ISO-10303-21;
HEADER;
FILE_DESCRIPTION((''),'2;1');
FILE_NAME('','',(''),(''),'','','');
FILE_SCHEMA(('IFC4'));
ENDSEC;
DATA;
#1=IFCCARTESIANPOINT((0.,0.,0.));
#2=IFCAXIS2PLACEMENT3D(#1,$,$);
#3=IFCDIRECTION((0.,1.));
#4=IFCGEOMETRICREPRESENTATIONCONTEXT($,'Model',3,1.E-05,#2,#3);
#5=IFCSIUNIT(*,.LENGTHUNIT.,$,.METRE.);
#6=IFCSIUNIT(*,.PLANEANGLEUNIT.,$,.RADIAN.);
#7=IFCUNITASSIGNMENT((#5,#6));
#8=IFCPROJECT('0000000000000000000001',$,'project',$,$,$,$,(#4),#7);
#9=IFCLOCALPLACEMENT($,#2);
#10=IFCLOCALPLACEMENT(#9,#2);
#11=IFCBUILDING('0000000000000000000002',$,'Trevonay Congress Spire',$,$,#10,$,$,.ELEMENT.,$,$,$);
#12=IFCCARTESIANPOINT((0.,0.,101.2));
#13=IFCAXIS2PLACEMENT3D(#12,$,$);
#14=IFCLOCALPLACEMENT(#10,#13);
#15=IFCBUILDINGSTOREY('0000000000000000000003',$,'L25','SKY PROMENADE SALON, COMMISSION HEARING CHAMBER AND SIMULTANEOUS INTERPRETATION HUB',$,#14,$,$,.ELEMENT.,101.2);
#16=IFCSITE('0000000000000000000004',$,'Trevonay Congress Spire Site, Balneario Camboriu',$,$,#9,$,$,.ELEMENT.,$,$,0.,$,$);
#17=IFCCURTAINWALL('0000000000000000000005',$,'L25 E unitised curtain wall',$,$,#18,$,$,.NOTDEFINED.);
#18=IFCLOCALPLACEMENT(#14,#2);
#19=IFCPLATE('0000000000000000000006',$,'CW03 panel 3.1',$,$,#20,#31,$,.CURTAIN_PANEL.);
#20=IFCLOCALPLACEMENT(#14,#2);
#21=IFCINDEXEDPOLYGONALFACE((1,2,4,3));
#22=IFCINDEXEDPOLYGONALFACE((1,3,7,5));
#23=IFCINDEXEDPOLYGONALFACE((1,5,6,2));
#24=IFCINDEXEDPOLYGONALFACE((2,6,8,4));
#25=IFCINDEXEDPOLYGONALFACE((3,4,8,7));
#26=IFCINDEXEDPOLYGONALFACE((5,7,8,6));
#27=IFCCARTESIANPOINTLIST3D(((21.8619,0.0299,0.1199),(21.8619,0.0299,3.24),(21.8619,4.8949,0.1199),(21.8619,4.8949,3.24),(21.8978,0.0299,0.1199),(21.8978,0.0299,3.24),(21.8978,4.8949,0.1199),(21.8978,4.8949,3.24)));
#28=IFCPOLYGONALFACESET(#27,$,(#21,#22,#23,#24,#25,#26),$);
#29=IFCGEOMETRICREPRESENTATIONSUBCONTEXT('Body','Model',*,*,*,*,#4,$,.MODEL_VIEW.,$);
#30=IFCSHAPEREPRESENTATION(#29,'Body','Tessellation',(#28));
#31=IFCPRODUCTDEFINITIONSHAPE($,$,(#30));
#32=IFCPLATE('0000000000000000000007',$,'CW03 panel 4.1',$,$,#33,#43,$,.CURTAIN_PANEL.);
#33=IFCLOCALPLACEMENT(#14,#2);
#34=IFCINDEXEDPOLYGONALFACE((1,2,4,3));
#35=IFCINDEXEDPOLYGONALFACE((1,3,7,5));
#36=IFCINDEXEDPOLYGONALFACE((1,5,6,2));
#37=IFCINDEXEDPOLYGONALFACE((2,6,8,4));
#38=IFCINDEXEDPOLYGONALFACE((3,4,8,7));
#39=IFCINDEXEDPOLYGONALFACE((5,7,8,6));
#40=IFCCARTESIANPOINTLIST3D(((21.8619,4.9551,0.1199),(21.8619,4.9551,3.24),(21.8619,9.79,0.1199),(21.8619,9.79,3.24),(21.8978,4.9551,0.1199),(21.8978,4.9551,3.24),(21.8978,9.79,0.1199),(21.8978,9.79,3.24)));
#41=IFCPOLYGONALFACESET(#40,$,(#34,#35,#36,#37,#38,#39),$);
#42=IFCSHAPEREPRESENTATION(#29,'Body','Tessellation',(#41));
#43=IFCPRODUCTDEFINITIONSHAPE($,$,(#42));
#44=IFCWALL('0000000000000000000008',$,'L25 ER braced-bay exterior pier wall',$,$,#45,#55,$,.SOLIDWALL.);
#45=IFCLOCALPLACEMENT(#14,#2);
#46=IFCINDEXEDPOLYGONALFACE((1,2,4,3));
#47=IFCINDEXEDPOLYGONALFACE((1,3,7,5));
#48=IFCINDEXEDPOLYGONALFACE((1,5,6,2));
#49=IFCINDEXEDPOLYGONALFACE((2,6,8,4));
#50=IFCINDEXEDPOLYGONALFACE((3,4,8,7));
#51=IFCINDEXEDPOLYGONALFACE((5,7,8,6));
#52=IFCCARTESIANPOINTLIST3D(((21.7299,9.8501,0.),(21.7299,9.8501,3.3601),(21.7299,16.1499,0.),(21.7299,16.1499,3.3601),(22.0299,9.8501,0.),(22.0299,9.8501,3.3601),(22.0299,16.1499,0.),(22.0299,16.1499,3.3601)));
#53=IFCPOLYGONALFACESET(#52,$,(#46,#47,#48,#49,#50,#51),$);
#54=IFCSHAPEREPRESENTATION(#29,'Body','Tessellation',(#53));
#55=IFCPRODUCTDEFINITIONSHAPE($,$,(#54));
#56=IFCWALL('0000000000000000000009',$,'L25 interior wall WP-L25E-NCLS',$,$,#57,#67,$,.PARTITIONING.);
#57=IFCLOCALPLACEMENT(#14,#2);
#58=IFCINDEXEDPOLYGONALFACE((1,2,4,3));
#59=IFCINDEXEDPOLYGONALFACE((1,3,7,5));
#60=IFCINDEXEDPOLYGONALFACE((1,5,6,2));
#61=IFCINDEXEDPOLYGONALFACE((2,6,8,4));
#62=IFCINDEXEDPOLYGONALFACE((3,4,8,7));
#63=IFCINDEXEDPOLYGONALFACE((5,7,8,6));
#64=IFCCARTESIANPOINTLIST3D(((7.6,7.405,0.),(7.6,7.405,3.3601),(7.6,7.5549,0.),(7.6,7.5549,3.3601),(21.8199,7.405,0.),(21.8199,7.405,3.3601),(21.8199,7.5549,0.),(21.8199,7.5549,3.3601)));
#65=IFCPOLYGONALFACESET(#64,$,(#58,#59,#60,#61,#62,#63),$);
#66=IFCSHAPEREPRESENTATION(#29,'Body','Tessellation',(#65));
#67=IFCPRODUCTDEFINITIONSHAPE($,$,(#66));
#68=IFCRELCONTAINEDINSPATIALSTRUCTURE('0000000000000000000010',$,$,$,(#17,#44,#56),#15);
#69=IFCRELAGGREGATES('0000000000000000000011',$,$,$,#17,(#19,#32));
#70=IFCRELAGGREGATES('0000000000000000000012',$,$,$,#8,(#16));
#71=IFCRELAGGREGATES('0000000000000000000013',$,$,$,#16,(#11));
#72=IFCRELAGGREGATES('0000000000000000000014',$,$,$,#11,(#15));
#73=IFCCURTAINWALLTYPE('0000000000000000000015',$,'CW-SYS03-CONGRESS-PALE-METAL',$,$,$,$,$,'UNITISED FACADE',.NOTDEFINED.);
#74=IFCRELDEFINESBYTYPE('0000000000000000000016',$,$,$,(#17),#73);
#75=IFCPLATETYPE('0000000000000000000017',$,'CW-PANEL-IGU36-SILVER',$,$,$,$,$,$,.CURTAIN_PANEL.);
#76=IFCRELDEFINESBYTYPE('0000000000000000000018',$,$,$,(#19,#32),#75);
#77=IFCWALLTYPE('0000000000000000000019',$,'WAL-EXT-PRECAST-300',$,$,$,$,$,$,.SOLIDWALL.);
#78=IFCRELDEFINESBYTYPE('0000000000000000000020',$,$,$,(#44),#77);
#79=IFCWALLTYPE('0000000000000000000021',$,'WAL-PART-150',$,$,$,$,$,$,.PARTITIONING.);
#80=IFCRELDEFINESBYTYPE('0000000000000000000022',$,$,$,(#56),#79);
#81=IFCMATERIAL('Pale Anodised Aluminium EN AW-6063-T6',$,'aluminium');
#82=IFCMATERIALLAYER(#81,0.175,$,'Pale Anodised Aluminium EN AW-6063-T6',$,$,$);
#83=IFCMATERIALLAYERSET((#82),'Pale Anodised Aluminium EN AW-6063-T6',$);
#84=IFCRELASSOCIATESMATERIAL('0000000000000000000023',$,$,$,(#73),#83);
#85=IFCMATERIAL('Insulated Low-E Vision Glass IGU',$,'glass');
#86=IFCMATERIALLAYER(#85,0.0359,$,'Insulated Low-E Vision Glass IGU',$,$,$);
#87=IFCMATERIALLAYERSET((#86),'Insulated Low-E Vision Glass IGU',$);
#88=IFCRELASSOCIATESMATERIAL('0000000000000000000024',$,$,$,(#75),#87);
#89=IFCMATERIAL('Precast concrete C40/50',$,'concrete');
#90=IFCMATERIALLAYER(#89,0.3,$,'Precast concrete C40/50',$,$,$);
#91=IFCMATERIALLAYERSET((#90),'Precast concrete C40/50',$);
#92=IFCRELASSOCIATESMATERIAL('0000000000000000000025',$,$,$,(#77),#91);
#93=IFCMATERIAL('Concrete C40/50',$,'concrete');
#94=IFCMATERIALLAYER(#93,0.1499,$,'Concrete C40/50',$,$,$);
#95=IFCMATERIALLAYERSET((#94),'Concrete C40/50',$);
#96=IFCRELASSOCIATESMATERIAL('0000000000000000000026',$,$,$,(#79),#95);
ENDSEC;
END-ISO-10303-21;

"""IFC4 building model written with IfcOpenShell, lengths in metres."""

from ifc_helpers import new_model, si_unit, direction, frame, frame_2d, origin, origin_2d, place, context, subcontext, project, spatial, rectangle, extrude, material, layer, layer_set, type_object, element, aggregate, save


model = new_model("IFC4")

# Units and contexts
model_context = context("Model", 3, precision=1e-05, world=origin(), true_north=direction((0.0, 1.0)))
body_context = subcontext(model_context, "Body", "Model", "MODEL_VIEW")
ifc_project = project(units=[si_unit("LENGTHUNIT", "METRE"), si_unit("PLANEANGLEUNIT", "RADIAN")], contexts=[model_context])

# Site, building, storey
site_placement = place(None, origin())
site = spatial("IfcSite", under=ifc_project, at=site_placement, Name="Trevonay Congress Spire Site, Balneario Camboriu", CompositionType="ELEMENT", RefElevation=0.0)
building_placement = place(site_placement, origin())
building = spatial("IfcBuilding", under=site, at=building_placement, Name="Trevonay Congress Spire", CompositionType="ELEMENT")
storey_placement = place(building_placement, frame((0.0, 0.0, 101.2)))
storey = spatial("IfcBuildingStorey", under=building, at=storey_placement, Name="L25", Description="SKY PROMENADE SALON, COMMISSION HEARING CHAMBER AND SIMULTANEOUS INTERPRETATION HUB", CompositionType="ELEMENT", Elevation=101.2)

# Curtain wall, plates
ifc_material_1 = material(Name="Pale Anodised Aluminium EN AW-6063-T6", Category="aluminium")
ifc_layer_1 = layer(ifc_material_1, 0.175, Name="Pale Anodised Aluminium EN AW-6063-T6")
ifc_layer_set_1 = layer_set([ifc_layer_1], Name="Pale Anodised Aluminium EN AW-6063-T6")
curtain_wall_type = type_object("IfcCurtainWallType", Name="CW-SYS03-CONGRESS-PALE-METAL", ElementType="UNITISED FACADE", PredefinedType="NOTDEFINED", material=ifc_layer_set_1)
curtain_wall_placement = place(storey_placement, origin())
curtain_wall = element("IfcCurtainWall", 1, at=curtain_wall_placement, inside=storey, type_object=curtain_wall_type, Name="L25 E unitised curtain wall", PredefinedType="NOTDEFINED")
ifc_material_2 = material(Name="Insulated Low-E Vision Glass IGU", Category="glass")
ifc_layer_2 = layer(ifc_material_2, 0.0359, Name="Insulated Low-E Vision Glass IGU")
ifc_layer_set_2 = layer_set([ifc_layer_2], Name="Insulated Low-E Vision Glass IGU")
plate_type = type_object("IfcPlateType", Name="CW-PANEL-IGU36-SILVER", PredefinedType="CURTAIN_PANEL", material=ifc_layer_set_2)
plate_1_placement = place(storey_placement, frame((21.8799, 2.4624, 0.1199), z_axis=(0.0, 0.0, 1.0), x_axis=(0.0, 1.0, 0.0)))
plate_1 = element("IfcPlate", 2, at=plate_1_placement, type_object=plate_type, Name="CW03 panel 3.1", PredefinedType="CURTAIN_PANEL", context=body_context, shape_type="SweptSolid", body=[
    extrude(rectangle(XDim=4.865, YDim=0.0359, at=origin_2d()), origin(), (0.0, 0.0, 1.0), 3.1201),
])
plate_2_placement = place(storey_placement, frame((21.8799, 7.3726, 0.1199), z_axis=(0.0, 0.0, 1.0), x_axis=(0.0, 1.0, 0.0)))
plate_2 = element("IfcPlate", 3, at=plate_2_placement, type_object=plate_type, Name="CW03 panel 4.1", PredefinedType="CURTAIN_PANEL", context=body_context, shape_type="SweptSolid", body=[
    extrude(rectangle(XDim=4.835, YDim=0.0359, at=origin_2d()), origin(), (0.0, 0.0, 1.0), 3.1201),
])
aggregate(curtain_wall, [plate_1, plate_2])

# Walls
ifc_material_3 = material(Name="Precast concrete C40/50", Category="concrete")
ifc_layer_3 = layer(ifc_material_3, 0.3, Name="Precast concrete C40/50")
ifc_layer_set_3 = layer_set([ifc_layer_3], Name="Precast concrete C40/50")
wall_type_1 = type_object("IfcWallType", Name="WAL-EXT-PRECAST-300", PredefinedType="SOLIDWALL", material=ifc_layer_set_3)
wall_1_placement = place(storey_placement, frame((21.8799, 9.8501, 0.0), z_axis=(0.0, 0.0, 1.0), x_axis=(0.0, 1.0, 0.0)))
element("IfcWall", 4, at=wall_1_placement, inside=storey, type_object=wall_type_1, Name="L25 ER braced-bay exterior pier wall", PredefinedType="SOLIDWALL", context=body_context, shape_type="SweptSolid", body=[
    extrude(rectangle(XDim=6.2998, YDim=0.3, at=frame_2d((3.1499, 0.0))), origin(), (0.0, 0.0, 1.0), 3.3601),
])
ifc_material_4 = material(Name="Concrete C40/50", Category="concrete")
ifc_layer_4 = layer(ifc_material_4, 0.1499, Name="Concrete C40/50")
ifc_layer_set_4 = layer_set([ifc_layer_4], Name="Concrete C40/50")
wall_type_2 = type_object("IfcWallType", Name="WAL-PART-150", PredefinedType="PARTITIONING", material=ifc_layer_set_4)
wall_2_placement = place(storey_placement, frame((7.6001, 7.48, 0.0), z_axis=(0.0, 0.0, 1.0), x_axis=(1.0, 0.0, 0.0)))
element("IfcWall", 5, at=wall_2_placement, inside=storey, type_object=wall_type_2, Name="L25 interior wall WP-L25E-NCLS", PredefinedType="PARTITIONING", context=body_context, shape_type="SweptSolid", body=[
    extrude(rectangle(XDim=14.22, YDim=0.1499, at=frame_2d((7.1099, 0.0))), origin(), (0.0, 0.0, 1.0), 3.3601),
])

save(model, "model.ifc")
